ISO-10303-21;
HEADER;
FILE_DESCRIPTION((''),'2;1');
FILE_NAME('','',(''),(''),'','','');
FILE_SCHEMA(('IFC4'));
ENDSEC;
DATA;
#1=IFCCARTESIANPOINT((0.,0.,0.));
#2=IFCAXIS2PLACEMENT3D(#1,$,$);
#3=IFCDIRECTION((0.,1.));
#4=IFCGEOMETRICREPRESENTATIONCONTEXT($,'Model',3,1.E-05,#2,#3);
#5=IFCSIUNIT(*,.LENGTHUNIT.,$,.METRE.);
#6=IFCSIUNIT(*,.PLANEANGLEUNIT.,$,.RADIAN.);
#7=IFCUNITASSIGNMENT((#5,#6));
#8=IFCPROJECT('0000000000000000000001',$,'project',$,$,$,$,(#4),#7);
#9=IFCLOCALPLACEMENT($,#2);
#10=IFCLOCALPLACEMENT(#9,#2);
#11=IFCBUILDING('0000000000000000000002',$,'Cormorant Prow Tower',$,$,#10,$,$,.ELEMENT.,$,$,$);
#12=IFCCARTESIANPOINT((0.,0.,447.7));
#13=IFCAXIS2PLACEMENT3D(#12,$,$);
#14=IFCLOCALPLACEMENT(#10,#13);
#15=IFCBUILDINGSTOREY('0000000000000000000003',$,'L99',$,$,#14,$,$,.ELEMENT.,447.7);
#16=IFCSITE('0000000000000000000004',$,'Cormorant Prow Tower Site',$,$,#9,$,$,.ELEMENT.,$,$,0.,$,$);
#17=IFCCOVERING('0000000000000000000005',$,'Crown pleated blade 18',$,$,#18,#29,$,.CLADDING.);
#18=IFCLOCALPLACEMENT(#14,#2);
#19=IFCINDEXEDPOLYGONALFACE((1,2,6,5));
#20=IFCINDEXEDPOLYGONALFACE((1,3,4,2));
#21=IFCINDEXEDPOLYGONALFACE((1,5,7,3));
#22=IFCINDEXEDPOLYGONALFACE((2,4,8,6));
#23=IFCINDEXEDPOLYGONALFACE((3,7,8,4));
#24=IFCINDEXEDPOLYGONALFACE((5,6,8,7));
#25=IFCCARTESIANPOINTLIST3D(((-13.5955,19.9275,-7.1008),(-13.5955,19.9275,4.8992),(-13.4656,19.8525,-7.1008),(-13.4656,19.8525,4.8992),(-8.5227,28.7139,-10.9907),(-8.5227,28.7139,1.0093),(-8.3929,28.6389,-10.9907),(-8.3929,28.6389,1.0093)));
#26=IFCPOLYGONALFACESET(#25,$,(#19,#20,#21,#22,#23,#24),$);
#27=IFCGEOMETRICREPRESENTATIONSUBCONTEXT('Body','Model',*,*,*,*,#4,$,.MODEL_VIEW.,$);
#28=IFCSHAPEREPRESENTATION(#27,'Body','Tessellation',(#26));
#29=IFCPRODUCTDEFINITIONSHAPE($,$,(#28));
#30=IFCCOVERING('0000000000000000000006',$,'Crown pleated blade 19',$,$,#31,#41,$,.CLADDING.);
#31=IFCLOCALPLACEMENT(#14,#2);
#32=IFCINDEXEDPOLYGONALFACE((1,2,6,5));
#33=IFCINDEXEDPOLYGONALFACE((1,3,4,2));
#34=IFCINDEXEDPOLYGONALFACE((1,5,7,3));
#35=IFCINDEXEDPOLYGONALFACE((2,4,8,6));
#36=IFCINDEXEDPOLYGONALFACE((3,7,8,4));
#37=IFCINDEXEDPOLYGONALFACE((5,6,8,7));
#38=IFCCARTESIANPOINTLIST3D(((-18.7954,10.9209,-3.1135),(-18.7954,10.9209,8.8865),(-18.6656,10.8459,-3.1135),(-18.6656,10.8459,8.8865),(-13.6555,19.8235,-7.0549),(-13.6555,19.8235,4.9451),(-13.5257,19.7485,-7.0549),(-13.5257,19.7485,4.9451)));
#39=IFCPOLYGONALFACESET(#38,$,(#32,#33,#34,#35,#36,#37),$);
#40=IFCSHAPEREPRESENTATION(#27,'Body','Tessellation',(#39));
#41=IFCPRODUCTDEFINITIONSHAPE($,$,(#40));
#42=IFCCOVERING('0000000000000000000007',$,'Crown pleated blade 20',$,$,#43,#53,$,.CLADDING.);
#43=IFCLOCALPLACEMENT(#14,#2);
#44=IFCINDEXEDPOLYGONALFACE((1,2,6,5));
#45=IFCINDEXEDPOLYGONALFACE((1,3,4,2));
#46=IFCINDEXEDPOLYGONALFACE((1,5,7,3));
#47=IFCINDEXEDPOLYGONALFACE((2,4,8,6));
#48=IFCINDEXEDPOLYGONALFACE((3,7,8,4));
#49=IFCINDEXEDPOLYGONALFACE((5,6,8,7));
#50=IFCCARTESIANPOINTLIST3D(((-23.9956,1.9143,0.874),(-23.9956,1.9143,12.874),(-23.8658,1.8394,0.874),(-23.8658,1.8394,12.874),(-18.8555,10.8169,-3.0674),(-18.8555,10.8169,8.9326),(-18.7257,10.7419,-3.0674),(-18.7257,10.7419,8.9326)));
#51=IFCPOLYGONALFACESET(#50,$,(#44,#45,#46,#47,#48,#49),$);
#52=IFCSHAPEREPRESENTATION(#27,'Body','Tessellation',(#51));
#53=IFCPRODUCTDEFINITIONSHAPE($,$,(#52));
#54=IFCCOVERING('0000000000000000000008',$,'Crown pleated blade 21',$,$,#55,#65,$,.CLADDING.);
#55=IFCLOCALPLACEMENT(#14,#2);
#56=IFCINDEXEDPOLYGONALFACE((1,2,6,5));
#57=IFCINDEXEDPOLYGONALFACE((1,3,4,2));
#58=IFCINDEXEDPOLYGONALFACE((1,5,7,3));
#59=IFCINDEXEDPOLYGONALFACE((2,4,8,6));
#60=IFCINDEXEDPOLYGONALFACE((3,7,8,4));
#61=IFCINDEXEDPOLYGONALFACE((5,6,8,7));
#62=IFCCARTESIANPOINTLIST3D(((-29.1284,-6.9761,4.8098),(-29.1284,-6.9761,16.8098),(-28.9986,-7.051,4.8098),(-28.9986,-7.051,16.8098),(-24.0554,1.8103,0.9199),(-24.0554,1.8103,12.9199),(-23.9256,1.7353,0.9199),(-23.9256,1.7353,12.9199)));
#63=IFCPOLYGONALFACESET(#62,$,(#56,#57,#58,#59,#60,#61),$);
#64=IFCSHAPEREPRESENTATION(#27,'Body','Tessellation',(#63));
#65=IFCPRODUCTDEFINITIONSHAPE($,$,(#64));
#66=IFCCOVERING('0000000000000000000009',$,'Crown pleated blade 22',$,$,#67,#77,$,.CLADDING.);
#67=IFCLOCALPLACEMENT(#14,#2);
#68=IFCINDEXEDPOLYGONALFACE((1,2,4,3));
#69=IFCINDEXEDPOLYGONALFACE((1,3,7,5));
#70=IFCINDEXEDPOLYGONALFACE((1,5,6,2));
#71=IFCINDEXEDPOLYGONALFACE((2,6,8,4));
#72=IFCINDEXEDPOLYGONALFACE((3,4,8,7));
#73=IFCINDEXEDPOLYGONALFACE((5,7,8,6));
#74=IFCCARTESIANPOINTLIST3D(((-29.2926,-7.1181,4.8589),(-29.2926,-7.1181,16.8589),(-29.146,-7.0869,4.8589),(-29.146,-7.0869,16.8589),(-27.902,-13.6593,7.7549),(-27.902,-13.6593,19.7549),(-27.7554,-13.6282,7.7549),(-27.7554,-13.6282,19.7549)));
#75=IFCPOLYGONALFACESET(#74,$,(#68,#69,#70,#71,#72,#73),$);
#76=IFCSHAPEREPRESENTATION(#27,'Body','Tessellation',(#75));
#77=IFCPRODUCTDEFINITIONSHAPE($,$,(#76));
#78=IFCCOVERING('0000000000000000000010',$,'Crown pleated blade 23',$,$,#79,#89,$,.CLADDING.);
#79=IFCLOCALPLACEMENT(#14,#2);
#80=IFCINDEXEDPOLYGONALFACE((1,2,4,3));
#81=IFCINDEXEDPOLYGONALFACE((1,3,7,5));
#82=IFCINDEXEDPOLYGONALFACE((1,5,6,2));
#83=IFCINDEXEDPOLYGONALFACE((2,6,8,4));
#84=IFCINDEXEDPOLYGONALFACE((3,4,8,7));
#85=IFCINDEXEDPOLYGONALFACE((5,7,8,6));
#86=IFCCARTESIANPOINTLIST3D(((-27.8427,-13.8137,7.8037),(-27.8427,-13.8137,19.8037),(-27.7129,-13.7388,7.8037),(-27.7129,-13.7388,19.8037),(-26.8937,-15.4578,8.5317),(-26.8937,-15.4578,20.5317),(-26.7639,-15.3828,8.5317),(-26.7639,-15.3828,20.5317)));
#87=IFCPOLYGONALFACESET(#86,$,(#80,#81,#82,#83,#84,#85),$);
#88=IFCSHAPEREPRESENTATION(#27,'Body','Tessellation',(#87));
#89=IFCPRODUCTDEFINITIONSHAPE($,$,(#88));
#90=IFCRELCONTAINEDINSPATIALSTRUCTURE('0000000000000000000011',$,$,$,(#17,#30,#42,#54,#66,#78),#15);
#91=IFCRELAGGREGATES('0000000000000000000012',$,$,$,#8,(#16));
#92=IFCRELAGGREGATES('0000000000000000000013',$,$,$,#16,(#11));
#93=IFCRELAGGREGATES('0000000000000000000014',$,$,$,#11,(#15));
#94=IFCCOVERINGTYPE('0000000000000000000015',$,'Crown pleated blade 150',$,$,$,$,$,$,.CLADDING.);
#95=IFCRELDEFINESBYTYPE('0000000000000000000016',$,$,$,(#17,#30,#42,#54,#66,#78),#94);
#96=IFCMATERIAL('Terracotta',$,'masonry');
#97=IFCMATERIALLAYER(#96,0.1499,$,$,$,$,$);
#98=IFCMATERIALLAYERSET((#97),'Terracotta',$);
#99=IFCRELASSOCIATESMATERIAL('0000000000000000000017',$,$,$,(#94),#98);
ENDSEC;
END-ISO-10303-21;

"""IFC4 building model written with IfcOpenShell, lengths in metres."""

from ifc_helpers import new_model, si_unit, direction, frame, origin, place, context, subcontext, project, spatial, polyline, outline, extrude, material, layer, layer_set, type_object, element, save


model = new_model("IFC4")

# Units and contexts
model_context = context("Model", 3, precision=1e-05, world=origin(), true_north=direction((0.0, 1.0)))
body_context = subcontext(model_context, "Body", "Model", "MODEL_VIEW")
ifc_project = project(units=[si_unit("LENGTHUNIT", "METRE"), si_unit("PLANEANGLEUNIT", "RADIAN")], contexts=[model_context])

# Site, building, storey
site_placement = place(None, origin())
site = spatial("IfcSite", under=ifc_project, at=site_placement, Name="Cormorant Prow Tower Site", CompositionType="ELEMENT", RefElevation=0.0)
building_placement = place(site_placement, origin())
building = spatial("IfcBuilding", under=site, at=building_placement, Name="Cormorant Prow Tower", CompositionType="ELEMENT")
storey_placement = place(building_placement, frame((0.0, 0.0, 447.7)))
storey = spatial("IfcBuildingStorey", under=building, at=storey_placement, Name="L99", CompositionType="ELEMENT", Elevation=447.7)

# Coverings
ifc_material_1 = material(Name="Terracotta", Category="masonry")
ifc_layer_1 = layer(ifc_material_1, 0.1499)
ifc_layer_set_1 = layer_set([ifc_layer_1], Name="Terracotta")
covering_type = type_object("IfcCoveringType", Name="Crown pleated blade 150", PredefinedType="CLADDING", material=ifc_layer_set_1)
covering_1_placement = place(storey_placement, frame((-8.5227, 28.7139, -10.9907), z_axis=(-0.866028, 0.499995, 0.0), x_axis=(-0.466857, -0.808631, 0.357996)))
element("IfcCovering", 1, at=covering_1_placement, inside=storey, type_object=covering_type, Name="Crown pleated blade 18", PredefinedType="CLADDING", context=body_context, shape_type="SweptSolid", body=[
    extrude(outline(polyline([(0.0, 0.0), (10.8657, 0.0), (15.1617, 11.2047), (4.2959, 11.2047), (0.0, 0.0)])), origin(), (0.0, 0.0, -1.0), 0.1499),
])
covering_2_placement = place(storey_placement, frame((-13.6555, 19.8235, -7.0549), z_axis=(-0.866026, 0.499999, 0.0), x_axis=(-0.466859, -0.808627, 0.358)))
element("IfcCovering", 2, at=covering_2_placement, inside=storey, type_object=covering_type, Name="Crown pleated blade 19", PredefinedType="CLADDING", context=body_context, shape_type="SweptSolid", body=[
    extrude(outline(polyline([(0.0, 0.0), (11.0095, 0.0), (15.3055, 11.2047), (4.296, 11.2047), (0.0, 0.0)])), origin(), (0.0, 0.0, -1.0), 0.1499),
])
covering_3_placement = place(storey_placement, frame((-18.8555, 10.8169, -3.0674), z_axis=(-0.866016, 0.500016, 0.0), x_axis=(-0.466877, -0.808619, 0.357997)))
element("IfcCovering", 3, at=covering_3_placement, inside=storey, type_object=covering_type, Name="Crown pleated blade 20", PredefinedType="CLADDING", context=body_context, shape_type="SweptSolid", body=[
    extrude(outline(polyline([(0.0, 0.0), (11.0096, 0.0), (15.3056, 11.2047), (4.296, 11.2047), (0.0, 0.0)])), origin(), (0.0, 0.0, -1.0), 0.1499),
])
covering_4_placement = place(storey_placement, frame((-24.0554, 1.8103, 0.9199), z_axis=(-0.866018, 0.500013, 0.0), x_axis=(-0.466875, -0.808622, 0.357992)))
element("IfcCovering", 4, at=covering_4_placement, inside=storey, type_object=covering_type, Name="Crown pleated blade 21", PredefinedType="CLADDING", context=body_context, shape_type="SweptSolid", body=[
    extrude(outline(polyline([(0.0, 0.0), (10.8659, 0.0), (15.1618, 11.2047), (4.2959, 11.2047), (0.0, 0.0)])), origin(), (0.0, 0.0, -1.0), 0.1499),
])
covering_5_placement = place(storey_placement, frame((-27.7554, -13.6282, 7.7549), z_axis=(0.97814, 0.207946, 0.0), x_axis=(-0.190821, 0.897591, -0.397388)))
element("IfcCovering", 5, at=covering_5_placement, inside=storey, type_object=covering_type, Name="Crown pleated blade 22", PredefinedType="CLADDING", context=body_context, shape_type="SweptSolid", body=[
    extrude(outline(polyline([(0.0, 0.0), (7.2876, 0.0), (2.5189, 11.0118), (-4.7687, 11.0118), (0.0, 0.0)])), origin(), (0.0, 0.0, -1.0), 0.1499),
])
covering_6_placement = place(storey_placement, frame((-26.7639, -15.3828, 8.5317), z_axis=(0.866074, 0.499915, 0.0), x_axis=(-0.466765, 0.808643, -0.358089)))
element("IfcCovering", 6, at=covering_6_placement, inside=storey, type_object=covering_type, Name="Crown pleated blade 23", PredefinedType="CLADDING", context=body_context, shape_type="SweptSolid", body=[
    extrude(outline(polyline([(0.0, 0.0), (2.0331, 0.0), (-2.264, 11.2042), (-4.2971, 11.2042), (0.0, 0.0)])), origin(), (0.0, 0.0, -1.0), 0.1499),
])

save(model, "model.ifc")
